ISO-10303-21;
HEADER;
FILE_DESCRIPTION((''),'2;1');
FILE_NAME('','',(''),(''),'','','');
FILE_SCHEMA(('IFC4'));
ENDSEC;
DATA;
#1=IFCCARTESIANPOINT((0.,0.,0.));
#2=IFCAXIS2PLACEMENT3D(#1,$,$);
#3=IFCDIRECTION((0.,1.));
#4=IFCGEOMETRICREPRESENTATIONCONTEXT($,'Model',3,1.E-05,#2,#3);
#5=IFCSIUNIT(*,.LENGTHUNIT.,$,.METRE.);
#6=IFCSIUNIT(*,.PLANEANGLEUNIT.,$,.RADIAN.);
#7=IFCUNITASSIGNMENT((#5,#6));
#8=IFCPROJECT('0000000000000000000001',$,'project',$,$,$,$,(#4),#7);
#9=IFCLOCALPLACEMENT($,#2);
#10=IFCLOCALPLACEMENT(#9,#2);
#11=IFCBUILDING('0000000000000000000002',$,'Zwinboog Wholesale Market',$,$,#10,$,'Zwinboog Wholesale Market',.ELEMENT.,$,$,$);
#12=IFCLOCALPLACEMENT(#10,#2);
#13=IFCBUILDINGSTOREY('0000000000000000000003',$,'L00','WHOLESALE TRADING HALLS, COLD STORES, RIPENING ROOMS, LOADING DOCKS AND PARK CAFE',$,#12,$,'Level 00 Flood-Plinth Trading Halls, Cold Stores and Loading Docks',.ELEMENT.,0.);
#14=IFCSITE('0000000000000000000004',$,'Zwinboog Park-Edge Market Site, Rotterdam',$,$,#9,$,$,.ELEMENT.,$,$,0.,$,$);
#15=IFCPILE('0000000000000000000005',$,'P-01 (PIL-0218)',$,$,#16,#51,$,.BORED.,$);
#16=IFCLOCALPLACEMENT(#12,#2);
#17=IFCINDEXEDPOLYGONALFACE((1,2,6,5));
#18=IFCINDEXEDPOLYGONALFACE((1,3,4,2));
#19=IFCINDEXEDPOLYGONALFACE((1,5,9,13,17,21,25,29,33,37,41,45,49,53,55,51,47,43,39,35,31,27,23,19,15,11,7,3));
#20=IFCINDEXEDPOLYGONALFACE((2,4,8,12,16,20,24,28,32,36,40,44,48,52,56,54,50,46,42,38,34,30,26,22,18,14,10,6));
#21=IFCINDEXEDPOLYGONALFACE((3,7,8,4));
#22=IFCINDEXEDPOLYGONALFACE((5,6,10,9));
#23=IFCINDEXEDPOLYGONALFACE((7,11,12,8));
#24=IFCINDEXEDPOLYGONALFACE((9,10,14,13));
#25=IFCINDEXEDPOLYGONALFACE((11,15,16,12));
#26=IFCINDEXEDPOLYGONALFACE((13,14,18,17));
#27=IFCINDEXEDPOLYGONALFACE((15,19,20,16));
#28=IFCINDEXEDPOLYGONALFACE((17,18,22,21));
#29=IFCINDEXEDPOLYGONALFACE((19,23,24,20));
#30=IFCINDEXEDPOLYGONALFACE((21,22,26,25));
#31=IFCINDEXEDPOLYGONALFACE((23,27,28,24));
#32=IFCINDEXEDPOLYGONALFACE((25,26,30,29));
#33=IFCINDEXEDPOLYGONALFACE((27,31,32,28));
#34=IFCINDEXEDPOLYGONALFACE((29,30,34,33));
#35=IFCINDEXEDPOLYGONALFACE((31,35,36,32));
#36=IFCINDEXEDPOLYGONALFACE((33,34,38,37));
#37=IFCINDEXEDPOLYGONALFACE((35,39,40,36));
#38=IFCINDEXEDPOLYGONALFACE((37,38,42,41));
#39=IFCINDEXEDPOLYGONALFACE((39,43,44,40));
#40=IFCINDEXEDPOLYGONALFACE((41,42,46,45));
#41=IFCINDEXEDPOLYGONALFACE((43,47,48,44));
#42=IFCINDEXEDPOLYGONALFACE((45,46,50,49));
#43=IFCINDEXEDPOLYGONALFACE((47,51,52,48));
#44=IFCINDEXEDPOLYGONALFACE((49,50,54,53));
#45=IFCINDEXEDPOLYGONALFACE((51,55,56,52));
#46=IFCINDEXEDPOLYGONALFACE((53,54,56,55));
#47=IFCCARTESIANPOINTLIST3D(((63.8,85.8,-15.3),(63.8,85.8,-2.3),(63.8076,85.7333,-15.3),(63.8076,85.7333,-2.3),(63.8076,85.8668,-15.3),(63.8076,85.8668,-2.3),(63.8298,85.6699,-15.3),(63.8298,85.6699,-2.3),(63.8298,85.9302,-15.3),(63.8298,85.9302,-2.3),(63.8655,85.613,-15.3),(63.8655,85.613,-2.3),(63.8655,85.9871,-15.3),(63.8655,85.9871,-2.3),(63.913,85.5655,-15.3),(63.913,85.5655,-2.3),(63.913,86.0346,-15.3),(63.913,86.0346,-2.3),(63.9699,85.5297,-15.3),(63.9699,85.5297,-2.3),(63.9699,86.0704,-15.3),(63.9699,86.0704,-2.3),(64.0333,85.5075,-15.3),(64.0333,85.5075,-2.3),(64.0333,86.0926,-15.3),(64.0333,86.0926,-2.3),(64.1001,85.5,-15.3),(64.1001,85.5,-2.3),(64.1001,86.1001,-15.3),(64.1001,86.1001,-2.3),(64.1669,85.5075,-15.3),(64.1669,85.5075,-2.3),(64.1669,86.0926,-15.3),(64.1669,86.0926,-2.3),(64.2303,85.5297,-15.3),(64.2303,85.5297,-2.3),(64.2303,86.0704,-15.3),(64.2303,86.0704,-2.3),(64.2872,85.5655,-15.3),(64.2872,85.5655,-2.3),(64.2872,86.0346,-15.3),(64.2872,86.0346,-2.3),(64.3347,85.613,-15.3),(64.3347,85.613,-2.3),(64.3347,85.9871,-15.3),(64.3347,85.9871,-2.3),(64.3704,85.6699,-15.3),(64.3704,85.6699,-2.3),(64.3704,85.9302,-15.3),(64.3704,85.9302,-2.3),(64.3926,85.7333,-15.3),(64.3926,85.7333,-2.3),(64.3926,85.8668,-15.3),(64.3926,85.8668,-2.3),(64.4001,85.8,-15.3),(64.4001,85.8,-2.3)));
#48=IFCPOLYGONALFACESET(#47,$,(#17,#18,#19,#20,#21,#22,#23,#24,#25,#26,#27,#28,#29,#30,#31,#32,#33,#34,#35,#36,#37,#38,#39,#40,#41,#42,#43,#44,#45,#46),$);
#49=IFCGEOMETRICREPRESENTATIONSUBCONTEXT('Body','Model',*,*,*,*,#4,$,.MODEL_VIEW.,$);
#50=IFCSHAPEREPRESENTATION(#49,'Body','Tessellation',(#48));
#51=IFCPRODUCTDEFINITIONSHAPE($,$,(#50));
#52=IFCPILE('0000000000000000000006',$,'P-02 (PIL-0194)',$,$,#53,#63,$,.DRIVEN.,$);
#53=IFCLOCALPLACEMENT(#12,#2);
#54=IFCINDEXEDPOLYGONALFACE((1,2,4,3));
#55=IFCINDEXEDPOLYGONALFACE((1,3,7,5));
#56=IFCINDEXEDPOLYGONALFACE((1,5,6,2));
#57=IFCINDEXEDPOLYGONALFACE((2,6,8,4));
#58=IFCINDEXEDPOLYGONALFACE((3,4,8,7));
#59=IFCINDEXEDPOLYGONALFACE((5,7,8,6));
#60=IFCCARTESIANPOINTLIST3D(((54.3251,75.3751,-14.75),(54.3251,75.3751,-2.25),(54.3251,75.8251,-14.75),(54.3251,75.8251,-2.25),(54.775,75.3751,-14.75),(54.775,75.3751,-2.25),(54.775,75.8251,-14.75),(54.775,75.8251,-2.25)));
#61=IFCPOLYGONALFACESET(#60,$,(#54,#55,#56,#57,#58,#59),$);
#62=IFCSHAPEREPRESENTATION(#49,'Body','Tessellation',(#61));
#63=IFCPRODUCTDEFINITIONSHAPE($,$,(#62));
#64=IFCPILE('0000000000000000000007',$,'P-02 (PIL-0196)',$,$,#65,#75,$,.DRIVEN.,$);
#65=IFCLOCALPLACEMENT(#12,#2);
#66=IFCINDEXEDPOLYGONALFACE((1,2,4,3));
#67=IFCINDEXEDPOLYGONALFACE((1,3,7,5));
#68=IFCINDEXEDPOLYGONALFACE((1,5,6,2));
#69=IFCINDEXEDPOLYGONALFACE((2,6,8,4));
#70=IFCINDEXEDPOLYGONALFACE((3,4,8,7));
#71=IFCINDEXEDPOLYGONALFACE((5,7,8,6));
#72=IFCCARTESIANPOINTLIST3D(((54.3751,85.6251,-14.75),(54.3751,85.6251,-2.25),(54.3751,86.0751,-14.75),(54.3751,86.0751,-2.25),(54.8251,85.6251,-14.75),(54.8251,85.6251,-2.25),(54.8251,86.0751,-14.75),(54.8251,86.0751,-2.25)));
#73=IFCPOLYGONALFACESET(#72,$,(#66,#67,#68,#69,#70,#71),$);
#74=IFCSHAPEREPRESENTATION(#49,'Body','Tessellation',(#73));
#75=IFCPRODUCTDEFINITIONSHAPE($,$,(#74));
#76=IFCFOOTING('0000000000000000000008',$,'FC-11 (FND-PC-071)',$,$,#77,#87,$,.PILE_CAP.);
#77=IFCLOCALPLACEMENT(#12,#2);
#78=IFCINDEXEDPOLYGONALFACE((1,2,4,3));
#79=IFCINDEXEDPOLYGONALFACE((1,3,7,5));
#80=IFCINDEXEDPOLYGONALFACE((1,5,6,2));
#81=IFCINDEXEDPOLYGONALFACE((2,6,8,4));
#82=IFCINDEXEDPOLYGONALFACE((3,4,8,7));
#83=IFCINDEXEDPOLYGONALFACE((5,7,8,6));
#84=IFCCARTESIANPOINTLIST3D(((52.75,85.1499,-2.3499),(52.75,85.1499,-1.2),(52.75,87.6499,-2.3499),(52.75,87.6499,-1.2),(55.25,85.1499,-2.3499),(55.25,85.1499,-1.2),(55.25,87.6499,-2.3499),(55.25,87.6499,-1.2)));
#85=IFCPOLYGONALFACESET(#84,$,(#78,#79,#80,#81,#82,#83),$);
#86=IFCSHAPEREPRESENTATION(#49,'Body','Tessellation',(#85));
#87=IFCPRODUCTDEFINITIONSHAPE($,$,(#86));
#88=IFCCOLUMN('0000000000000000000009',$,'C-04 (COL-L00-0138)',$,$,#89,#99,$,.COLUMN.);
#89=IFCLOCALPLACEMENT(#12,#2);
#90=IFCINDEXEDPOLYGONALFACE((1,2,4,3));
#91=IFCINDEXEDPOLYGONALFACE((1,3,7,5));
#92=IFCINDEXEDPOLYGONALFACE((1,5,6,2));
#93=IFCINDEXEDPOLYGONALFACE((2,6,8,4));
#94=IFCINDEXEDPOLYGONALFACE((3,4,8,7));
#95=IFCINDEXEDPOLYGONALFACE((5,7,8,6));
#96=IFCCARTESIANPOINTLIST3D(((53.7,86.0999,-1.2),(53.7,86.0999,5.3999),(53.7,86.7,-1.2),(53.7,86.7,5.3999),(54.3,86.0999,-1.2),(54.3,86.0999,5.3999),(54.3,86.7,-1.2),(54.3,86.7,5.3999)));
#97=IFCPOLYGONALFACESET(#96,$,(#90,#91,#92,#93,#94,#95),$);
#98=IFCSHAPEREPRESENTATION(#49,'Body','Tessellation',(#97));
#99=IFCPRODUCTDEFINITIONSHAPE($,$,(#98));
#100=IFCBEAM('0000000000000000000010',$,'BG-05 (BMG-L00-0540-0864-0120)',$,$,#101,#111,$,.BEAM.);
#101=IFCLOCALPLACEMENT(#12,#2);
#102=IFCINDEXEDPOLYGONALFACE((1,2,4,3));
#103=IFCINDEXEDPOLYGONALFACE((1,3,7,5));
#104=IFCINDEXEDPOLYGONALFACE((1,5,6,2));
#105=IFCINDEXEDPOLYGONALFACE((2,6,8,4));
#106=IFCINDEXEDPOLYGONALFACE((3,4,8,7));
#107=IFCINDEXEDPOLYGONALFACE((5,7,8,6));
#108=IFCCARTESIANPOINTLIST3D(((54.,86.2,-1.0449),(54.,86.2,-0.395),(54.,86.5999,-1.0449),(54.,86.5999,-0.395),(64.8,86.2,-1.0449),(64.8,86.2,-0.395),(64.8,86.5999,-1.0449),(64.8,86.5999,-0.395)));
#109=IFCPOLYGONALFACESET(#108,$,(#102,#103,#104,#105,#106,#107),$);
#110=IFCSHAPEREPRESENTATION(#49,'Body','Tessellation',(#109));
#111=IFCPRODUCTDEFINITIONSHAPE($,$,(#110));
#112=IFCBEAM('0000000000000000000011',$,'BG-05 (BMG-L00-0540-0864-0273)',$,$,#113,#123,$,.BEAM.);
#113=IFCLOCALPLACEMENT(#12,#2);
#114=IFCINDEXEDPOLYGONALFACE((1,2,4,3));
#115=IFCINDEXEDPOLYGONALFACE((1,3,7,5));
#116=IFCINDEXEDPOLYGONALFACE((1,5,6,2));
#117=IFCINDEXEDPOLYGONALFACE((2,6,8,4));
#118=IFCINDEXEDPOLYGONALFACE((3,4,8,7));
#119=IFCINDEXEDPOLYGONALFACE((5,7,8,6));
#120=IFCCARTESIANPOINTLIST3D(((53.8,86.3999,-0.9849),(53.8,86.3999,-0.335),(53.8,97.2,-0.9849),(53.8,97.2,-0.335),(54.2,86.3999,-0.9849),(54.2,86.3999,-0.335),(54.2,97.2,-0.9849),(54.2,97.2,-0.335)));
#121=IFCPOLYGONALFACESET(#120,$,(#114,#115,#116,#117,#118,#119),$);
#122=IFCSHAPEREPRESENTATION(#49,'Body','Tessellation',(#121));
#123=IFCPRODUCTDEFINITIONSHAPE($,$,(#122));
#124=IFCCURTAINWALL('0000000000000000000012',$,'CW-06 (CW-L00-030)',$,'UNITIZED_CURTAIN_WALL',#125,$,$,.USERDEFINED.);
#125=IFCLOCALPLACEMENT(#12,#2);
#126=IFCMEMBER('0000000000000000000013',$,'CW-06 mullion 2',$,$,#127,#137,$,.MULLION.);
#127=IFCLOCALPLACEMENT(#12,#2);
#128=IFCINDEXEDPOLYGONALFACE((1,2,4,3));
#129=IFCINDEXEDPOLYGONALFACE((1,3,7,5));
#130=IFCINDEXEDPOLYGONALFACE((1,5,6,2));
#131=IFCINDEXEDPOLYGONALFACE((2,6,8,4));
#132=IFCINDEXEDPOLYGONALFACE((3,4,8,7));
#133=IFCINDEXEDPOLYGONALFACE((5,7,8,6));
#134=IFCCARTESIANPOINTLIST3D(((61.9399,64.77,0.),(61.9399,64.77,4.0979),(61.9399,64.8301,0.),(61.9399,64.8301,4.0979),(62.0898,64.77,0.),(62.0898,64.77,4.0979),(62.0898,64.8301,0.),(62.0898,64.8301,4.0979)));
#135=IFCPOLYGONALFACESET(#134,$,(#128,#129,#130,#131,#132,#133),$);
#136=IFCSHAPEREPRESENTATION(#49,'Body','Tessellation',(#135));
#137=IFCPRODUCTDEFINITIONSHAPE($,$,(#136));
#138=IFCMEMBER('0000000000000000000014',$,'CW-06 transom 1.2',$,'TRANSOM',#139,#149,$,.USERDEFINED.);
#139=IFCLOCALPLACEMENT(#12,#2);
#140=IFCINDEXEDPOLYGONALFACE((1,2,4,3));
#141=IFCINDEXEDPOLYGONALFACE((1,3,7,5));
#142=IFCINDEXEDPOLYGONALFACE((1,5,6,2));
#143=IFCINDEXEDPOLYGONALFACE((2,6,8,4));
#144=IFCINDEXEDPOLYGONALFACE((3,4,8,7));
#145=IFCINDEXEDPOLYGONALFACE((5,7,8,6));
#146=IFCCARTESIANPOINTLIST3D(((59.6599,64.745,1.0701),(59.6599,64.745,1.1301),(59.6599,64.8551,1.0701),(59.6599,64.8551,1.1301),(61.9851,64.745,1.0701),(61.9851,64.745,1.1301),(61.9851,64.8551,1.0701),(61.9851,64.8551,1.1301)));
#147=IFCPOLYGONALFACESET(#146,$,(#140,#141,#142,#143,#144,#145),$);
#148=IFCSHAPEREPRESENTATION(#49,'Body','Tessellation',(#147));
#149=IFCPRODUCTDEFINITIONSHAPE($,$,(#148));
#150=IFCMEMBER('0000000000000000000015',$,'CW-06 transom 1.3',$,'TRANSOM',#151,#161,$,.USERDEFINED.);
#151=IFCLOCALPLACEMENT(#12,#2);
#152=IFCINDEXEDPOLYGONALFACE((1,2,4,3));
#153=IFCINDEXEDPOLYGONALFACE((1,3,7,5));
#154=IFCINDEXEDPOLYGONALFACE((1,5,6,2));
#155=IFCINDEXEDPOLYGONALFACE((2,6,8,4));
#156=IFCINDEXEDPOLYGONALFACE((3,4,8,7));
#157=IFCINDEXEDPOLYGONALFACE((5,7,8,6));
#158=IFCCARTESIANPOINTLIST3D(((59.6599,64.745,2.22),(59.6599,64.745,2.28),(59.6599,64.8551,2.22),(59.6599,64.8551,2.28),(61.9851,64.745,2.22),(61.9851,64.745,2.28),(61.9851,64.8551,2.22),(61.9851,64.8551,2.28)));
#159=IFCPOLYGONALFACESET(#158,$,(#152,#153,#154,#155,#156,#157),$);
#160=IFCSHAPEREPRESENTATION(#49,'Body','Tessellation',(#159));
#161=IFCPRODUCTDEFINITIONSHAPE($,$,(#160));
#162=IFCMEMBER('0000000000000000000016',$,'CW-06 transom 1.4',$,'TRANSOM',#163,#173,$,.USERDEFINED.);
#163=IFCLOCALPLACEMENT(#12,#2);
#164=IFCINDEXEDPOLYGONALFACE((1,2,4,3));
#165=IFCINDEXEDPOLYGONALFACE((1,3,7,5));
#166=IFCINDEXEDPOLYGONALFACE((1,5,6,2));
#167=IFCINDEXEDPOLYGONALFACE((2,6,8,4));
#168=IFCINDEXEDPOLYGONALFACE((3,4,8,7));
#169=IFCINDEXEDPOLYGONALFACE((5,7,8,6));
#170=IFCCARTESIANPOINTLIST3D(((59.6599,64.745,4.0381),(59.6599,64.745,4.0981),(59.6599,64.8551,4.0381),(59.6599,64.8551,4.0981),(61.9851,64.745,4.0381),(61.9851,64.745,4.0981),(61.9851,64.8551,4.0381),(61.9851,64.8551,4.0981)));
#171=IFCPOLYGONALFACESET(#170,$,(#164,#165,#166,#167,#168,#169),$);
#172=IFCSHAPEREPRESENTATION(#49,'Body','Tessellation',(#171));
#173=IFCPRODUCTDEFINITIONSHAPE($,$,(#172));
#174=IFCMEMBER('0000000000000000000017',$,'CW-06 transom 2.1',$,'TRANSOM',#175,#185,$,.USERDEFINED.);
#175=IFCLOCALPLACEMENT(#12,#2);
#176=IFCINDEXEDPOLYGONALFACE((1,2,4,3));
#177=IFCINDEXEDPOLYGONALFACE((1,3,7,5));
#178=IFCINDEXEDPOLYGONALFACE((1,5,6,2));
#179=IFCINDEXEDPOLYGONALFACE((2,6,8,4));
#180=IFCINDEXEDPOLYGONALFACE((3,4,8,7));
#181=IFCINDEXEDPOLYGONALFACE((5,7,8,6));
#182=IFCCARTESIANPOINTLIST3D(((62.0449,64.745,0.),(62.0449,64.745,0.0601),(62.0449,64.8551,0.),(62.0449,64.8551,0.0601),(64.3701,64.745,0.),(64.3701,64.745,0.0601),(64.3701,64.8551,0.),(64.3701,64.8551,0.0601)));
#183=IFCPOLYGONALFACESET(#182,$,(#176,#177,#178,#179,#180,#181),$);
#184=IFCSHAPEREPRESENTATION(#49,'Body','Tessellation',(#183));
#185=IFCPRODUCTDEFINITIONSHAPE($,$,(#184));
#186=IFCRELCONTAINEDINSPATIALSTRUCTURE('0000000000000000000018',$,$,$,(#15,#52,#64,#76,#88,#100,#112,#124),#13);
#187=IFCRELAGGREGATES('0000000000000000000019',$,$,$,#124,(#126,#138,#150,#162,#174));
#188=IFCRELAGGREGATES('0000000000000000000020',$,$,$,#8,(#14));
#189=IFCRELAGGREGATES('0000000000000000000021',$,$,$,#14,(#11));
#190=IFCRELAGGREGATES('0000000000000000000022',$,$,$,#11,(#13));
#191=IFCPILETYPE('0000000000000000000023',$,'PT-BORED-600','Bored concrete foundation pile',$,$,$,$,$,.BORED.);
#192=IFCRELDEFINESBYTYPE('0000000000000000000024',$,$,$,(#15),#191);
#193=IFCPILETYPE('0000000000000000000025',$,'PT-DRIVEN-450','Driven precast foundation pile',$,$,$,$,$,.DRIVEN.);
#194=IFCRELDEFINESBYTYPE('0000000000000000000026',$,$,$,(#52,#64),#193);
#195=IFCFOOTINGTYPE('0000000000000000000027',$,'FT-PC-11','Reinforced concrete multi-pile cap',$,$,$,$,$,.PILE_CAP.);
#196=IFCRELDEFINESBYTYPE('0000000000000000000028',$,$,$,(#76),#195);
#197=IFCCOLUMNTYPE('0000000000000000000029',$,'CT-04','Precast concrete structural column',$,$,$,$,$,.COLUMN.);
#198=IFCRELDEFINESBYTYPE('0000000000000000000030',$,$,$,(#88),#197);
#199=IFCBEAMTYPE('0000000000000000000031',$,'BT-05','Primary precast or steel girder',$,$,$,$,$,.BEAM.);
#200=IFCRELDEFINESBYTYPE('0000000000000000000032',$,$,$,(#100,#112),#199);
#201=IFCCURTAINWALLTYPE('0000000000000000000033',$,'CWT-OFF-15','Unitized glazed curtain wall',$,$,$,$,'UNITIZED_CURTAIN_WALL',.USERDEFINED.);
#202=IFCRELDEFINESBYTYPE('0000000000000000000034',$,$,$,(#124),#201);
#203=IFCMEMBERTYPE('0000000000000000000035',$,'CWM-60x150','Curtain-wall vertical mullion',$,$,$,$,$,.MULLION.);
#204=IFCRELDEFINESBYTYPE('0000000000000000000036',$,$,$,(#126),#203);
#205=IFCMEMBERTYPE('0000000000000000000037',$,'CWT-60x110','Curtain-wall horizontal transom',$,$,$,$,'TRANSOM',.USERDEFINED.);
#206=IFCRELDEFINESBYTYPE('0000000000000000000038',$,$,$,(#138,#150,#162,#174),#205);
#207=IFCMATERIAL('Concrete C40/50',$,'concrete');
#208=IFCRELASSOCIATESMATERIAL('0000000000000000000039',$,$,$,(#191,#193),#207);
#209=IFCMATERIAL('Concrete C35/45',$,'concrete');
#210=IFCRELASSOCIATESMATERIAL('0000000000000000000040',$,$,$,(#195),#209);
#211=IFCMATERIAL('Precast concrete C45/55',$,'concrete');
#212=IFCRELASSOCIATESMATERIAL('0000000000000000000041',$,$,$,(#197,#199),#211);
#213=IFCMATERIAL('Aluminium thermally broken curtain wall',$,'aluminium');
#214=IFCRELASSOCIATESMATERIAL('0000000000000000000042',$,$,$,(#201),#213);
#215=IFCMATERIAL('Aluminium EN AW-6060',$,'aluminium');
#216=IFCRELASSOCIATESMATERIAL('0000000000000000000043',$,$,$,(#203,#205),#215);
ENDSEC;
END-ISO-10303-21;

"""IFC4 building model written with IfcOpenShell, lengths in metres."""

from ifc_helpers import new_model, si_unit, direction, frame, origin, origin_2d, place, context, subcontext, project, spatial, rectangle, circle, extrude, material, material_profile, profile_set, type_object, element, aggregate, save


model = new_model("IFC4")

# Units and contexts
model_context = context("Model", 3, precision=1e-05, world=origin(), true_north=direction((0.0, 1.0)))
body_context = subcontext(model_context, "Body", "Model", "MODEL_VIEW")
ifc_project = project(units=[si_unit("LENGTHUNIT", "METRE"), si_unit("PLANEANGLEUNIT", "RADIAN")], contexts=[model_context])

# Site, building, storey
site_placement = place(None, origin())
site = spatial("IfcSite", under=ifc_project, at=site_placement, Name="Zwinboog Park-Edge Market Site, Rotterdam", CompositionType="ELEMENT", RefElevation=0.0)
building_placement = place(site_placement, origin())
building = spatial("IfcBuilding", under=site, at=building_placement, Name="Zwinboog Wholesale Market", LongName="Zwinboog Wholesale Market", CompositionType="ELEMENT")
storey_placement = place(building_placement, origin())
storey = spatial("IfcBuildingStorey", under=building, at=storey_placement, Name="L00", Description="WHOLESALE TRADING HALLS, COLD STORES, RIPENING ROOMS, LOADING DOCKS AND PARK CAFE", LongName="Level 00 Flood-Plinth Trading Halls, Cold Stores and Loading Docks", CompositionType="ELEMENT", Elevation=0.0)

# Piles
ifc_material_1 = material(Name="Concrete C40/50", Category="concrete")
ifc_material_profile_1 = material_profile(ifc_material_1, circle(Radius=0.3, at=origin_2d()), Name="PILE D600")
ifc_profile_set_1 = profile_set([ifc_material_profile_1], Name="Concrete C40/50")
pile_type_1 = type_object("IfcPileType", Name="PT-BORED-600", Description="Bored concrete foundation pile", PredefinedType="BORED", material=ifc_profile_set_1)
pile_placement = place(storey_placement, frame((64.1001, 85.8, -2.3), z_axis=(0.0, 0.0, -1.0), x_axis=(1.0, 0.0, 0.0)))
element("IfcPile", 1, at=pile_placement, inside=storey, type_object=pile_type_1, Name="P-01 (PIL-0218)", PredefinedType="BORED", context=body_context, shape_type="SweptSolid", body=[
    extrude(circle(Radius=0.3, at=origin_2d()), origin(), (0.0, 0.0, 1.0), 13.0),
])
ifc_material_profile_2 = material_profile(ifc_material_1, rectangle(XDim=0.45, YDim=0.45, at=origin_2d()), Name="PILE SQ450")
ifc_profile_set_2 = profile_set([ifc_material_profile_2], Name="Concrete C40/50")
pile_type_2 = type_object("IfcPileType", Name="PT-DRIVEN-450", Description="Driven precast foundation pile", PredefinedType="DRIVEN", material=ifc_profile_set_2)
for number, where, z_axis, x_axis, name in (
    (2, (54.55, 75.6001, -2.25), (0.0, 0.0, -1.0), (1.0, 0.0, 0.0), "P-02 (PIL-0194)"),
    (3, (54.6001, 85.8501, -2.25), (0.0, 0.0, -1.0), (1.0, 0.0, 0.0), "P-02 (PIL-0196)"),
):
    element("IfcPile", number, at=place(storey_placement, frame(where, z_axis=z_axis, x_axis=x_axis)), inside=storey, type_object=pile_type_2, Name=name, PredefinedType="DRIVEN", context=body_context, shape_type="SweptSolid", body=[
        extrude(rectangle(XDim=0.45, YDim=0.45, at=origin_2d()), origin(), (0.0, 0.0, 1.0), 12.5),
    ])

# Footing
ifc_material_2 = material(Name="Concrete C35/45", Category="concrete")
footing_type = type_object("IfcFootingType", Name="FT-PC-11", Description="Reinforced concrete multi-pile cap", PredefinedType="PILE_CAP", material=ifc_material_2)
footing_placement = place(storey_placement, frame((54.0, 86.3999, -2.3499), z_axis=(0.0, 0.0, 1.0), x_axis=(1.0, 0.0, 0.0)))
element("IfcFooting", 4, at=footing_placement, inside=storey, type_object=footing_type, Name="FC-11 (FND-PC-071)", PredefinedType="PILE_CAP", context=body_context, shape_type="SweptSolid", body=[
    extrude(rectangle(XDim=2.5, YDim=2.5, at=origin_2d()), origin(), (0.0, 0.0, 1.0), 1.1499),
])

# Column
ifc_material_3 = material(Name="Precast concrete C45/55", Category="concrete")
ifc_material_profile_3 = material_profile(ifc_material_3, rectangle(XDim=0.6001, YDim=0.6001, at=origin_2d()), Name="PC 600x600")
ifc_profile_set_3 = profile_set([ifc_material_profile_3], Name="Precast concrete C45/55")
column_type = type_object("IfcColumnType", Name="CT-04", Description="Precast concrete structural column", PredefinedType="COLUMN", material=ifc_profile_set_3)
column_placement = place(storey_placement, frame((54.0, 86.3999, -1.2), z_axis=(0.0, 0.0, 1.0), x_axis=(1.0, 0.0, 0.0)))
element("IfcColumn", 5, at=column_placement, inside=storey, type_object=column_type, Name="C-04 (COL-L00-0138)", PredefinedType="COLUMN", context=body_context, shape_type="SweptSolid", body=[
    extrude(rectangle(XDim=0.6001, YDim=0.6001, at=origin_2d()), origin(), (0.0, 0.0, 1.0), 6.5999),
])

# Beams
ifc_material_profile_4 = material_profile(ifc_material_3, rectangle(XDim=0.3999, YDim=0.6499, at=origin_2d()), Name="PC 400x650")
ifc_profile_set_4 = profile_set([ifc_material_profile_4], Name="Precast concrete C45/55")
beam_type = type_object("IfcBeamType", Name="BT-05", Description="Primary precast or steel girder", PredefinedType="BEAM", material=ifc_profile_set_4)
for number, where, z_axis, x_axis, name in (
    (6, (54.0, 86.3999, -0.72), (1.0, 0.0, 0.0), (0.0, 1.0, 0.0), "BG-05 (BMG-L00-0540-0864-0120)"),
    (7, (54.0, 86.3999, -0.6599), (0.0, 1.0, 0.0), (-1.0, 0.0, 0.0), "BG-05 (BMG-L00-0540-0864-0273)"),
):
    element("IfcBeam", number, at=place(storey_placement, frame(where, z_axis=z_axis, x_axis=x_axis)), inside=storey, type_object=beam_type, Name=name, PredefinedType="BEAM", context=body_context, shape_type="SweptSolid", body=[
        extrude(rectangle(XDim=0.3999, YDim=0.6499, at=origin_2d()), origin(), (0.0, 0.0, 1.0), 10.8),
    ])

# Curtain wall, members
ifc_material_4 = material(Name="Aluminium thermally broken curtain wall", Category="aluminium")
curtain_wall_type = type_object("IfcCurtainWallType", Name="CWT-OFF-15", Description="Unitized glazed curtain wall", ElementType="UNITIZED_CURTAIN_WALL", PredefinedType="USERDEFINED", material=ifc_material_4)
curtain_wall_placement = place(storey_placement, origin())
curtain_wall = element("IfcCurtainWall", 8, at=curtain_wall_placement, inside=storey, type_object=curtain_wall_type, Name="CW-06 (CW-L00-030)", ObjectType="UNITIZED_CURTAIN_WALL", PredefinedType="USERDEFINED")
ifc_material_5 = material(Name="Aluminium EN AW-6060", Category="aluminium")
ifc_material_profile_5 = material_profile(ifc_material_5, rectangle(XDim=0.0601, YDim=0.1499, at=origin_2d()), Name="AL 60x150")
ifc_profile_set_5 = profile_set([ifc_material_profile_5], Name="Aluminium EN AW-6060")
member_type_1 = type_object("IfcMemberType", Name="CWM-60x150", Description="Curtain-wall vertical mullion", PredefinedType="MULLION", material=ifc_profile_set_5)
member_1_placement = place(storey_placement, frame((62.0149, 64.8, 0.0), z_axis=(0.0, 0.0, 1.0), x_axis=(0.0, 1.0, 0.0)))
member_1 = element("IfcMember", 9, at=member_1_placement, type_object=member_type_1, Name="CW-06 mullion 2", PredefinedType="MULLION", context=body_context, shape_type="SweptSolid", body=[
    extrude(rectangle(XDim=0.0601, YDim=0.1499, at=origin_2d()), origin(), (0.0, 0.0, 1.0), 4.0979),
])
ifc_material_profile_6 = material_profile(ifc_material_5, rectangle(XDim=0.1101, YDim=0.0601, at=origin_2d()), Name="AL 60x110")
ifc_profile_set_6 = profile_set([ifc_material_profile_6], Name="Aluminium EN AW-6060")
member_type_2 = type_object("IfcMemberType", Name="CWT-60x110", Description="Curtain-wall horizontal transom", ElementType="TRANSOM", PredefinedType="USERDEFINED", material=ifc_profile_set_6)
member_2_placement = place(storey_placement, frame((59.6599, 64.8, 1.1001), z_axis=(1.0, 0.0, 0.0), x_axis=(0.0, 1.0, 0.0)))
member_2 = element("IfcMember", 10, at=member_2_placement, type_object=member_type_2, Name="CW-06 transom 1.2", ObjectType="TRANSOM", PredefinedType="USERDEFINED", context=body_context, shape_type="SweptSolid", body=[
    extrude(rectangle(XDim=0.1101, YDim=0.0601, at=origin_2d()), origin(), (0.0, 0.0, 1.0), 2.3252),
])
member_3_placement = place(storey_placement, frame((59.6599, 64.8, 2.25), z_axis=(1.0, 0.0, 0.0), x_axis=(0.0, 1.0, 0.0)))
member_3 = element("IfcMember", 11, at=member_3_placement, type_object=member_type_2, Name="CW-06 transom 1.3", ObjectType="TRANSOM", PredefinedType="USERDEFINED", context=body_context, shape_type="SweptSolid", body=[
    extrude(rectangle(XDim=0.1101, YDim=0.0601, at=origin_2d()), origin(), (0.0, 0.0, 1.0), 2.3252),
])
member_4_placement = place(storey_placement, frame((59.6599, 64.8, 4.0681), z_axis=(1.0, 0.0, 0.0), x_axis=(0.0, 1.0, 0.0)))
member_4 = element("IfcMember", 12, at=member_4_placement, type_object=member_type_2, Name="CW-06 transom 1.4", ObjectType="TRANSOM", PredefinedType="USERDEFINED", context=body_context, shape_type="SweptSolid", body=[
    extrude(rectangle(XDim=0.1101, YDim=0.0601, at=origin_2d()), origin(), (0.0, 0.0, 1.0), 2.3252),
])
member_5_placement = place(storey_placement, frame((62.0449, 64.8, 0.03), z_axis=(1.0, 0.0, 0.0), x_axis=(0.0, 1.0, 0.0)))
member_5 = element("IfcMember", 13, at=member_5_placement, type_object=member_type_2, Name="CW-06 transom 2.1", ObjectType="TRANSOM", PredefinedType="USERDEFINED", context=body_context, shape_type="SweptSolid", body=[
    extrude(rectangle(XDim=0.1101, YDim=0.0601, at=origin_2d()), origin(), (0.0, 0.0, 1.0), 2.3252),
])
aggregate(curtain_wall, [member_1, member_2, member_3, member_4, member_5])

save(model, "model.ifc")
